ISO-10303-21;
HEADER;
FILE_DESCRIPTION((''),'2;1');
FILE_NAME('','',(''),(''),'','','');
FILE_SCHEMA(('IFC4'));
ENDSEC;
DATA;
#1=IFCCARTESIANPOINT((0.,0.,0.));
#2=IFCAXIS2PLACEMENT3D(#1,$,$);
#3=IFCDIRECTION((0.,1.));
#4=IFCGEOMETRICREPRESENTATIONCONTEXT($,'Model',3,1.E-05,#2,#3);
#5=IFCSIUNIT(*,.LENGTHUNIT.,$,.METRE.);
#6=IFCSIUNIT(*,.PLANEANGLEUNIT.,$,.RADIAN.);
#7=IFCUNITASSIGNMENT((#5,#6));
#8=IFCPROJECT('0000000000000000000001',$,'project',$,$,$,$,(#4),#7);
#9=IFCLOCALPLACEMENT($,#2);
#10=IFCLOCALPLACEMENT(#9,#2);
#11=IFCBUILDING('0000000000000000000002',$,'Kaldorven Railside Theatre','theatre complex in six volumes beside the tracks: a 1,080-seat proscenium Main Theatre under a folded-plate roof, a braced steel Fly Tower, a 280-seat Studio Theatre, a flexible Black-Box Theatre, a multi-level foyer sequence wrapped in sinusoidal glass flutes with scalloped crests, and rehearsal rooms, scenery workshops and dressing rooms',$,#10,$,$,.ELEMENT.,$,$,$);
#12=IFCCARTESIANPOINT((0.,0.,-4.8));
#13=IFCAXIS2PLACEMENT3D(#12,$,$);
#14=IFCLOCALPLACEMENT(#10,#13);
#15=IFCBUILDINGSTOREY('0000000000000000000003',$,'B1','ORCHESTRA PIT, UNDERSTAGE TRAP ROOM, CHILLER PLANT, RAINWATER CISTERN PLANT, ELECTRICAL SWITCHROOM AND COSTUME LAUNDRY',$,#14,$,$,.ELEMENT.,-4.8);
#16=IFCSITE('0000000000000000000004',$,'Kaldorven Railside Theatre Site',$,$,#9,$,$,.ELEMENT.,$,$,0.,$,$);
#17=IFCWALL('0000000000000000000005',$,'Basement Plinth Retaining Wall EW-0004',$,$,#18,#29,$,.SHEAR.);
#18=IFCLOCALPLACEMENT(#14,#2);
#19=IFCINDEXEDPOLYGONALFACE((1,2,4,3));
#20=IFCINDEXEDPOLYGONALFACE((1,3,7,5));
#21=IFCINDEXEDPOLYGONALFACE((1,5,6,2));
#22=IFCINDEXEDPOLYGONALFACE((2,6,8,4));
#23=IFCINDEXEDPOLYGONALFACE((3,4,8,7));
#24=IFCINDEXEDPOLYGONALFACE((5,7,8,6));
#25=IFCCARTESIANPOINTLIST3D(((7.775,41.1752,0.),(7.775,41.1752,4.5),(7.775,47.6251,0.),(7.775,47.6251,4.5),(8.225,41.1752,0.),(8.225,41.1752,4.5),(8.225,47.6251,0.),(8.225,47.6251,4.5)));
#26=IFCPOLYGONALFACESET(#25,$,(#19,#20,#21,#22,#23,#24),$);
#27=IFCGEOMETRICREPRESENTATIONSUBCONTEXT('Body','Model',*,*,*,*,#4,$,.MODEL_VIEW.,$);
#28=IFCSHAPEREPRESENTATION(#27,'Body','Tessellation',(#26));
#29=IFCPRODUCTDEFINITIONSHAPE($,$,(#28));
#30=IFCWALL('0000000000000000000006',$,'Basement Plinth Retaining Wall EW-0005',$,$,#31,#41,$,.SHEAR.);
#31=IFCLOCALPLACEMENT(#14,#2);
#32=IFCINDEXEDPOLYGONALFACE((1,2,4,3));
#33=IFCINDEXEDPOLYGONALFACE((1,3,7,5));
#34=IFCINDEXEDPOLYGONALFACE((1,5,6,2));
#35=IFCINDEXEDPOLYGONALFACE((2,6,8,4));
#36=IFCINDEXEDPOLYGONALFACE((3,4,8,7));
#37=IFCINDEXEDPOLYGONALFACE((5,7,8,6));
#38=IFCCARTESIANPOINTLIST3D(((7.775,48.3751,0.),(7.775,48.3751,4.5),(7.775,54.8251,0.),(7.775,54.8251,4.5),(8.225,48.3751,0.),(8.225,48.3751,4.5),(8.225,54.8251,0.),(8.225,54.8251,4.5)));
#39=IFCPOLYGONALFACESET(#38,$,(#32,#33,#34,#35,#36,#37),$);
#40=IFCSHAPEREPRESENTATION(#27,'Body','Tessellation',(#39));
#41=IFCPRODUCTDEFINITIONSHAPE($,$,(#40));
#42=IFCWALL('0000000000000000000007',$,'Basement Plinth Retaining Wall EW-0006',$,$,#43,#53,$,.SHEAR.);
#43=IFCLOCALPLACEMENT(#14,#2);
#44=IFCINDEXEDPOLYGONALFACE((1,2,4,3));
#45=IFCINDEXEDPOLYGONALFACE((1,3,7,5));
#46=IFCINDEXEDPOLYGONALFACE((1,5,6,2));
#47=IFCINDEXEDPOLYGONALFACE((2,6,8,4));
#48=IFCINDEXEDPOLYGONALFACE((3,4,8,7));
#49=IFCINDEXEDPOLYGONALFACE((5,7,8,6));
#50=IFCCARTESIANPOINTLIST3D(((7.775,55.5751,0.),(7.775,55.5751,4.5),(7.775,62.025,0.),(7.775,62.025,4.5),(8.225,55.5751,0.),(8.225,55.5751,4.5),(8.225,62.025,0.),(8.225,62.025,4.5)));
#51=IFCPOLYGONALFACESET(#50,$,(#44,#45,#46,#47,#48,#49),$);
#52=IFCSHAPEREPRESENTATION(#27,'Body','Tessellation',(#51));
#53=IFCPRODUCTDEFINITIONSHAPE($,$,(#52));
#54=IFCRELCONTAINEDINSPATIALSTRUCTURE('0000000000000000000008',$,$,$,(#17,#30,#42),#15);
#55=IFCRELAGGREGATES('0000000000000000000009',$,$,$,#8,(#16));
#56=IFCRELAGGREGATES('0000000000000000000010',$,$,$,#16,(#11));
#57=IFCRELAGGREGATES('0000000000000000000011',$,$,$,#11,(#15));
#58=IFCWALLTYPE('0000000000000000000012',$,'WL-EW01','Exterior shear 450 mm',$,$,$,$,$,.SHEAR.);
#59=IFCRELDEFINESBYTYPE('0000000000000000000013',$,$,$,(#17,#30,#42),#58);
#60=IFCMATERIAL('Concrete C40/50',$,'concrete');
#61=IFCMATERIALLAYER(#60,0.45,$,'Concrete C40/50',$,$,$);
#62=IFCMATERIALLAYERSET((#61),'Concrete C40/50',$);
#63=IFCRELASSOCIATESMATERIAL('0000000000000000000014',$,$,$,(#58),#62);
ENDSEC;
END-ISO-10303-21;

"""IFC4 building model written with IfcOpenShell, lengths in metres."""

from ifc_helpers import new_model, si_unit, direction, frame, frame_2d, origin, place, context, subcontext, project, spatial, rectangle, extrude, material, layer, layer_set, type_object, element, save


model = new_model("IFC4")

# Units and contexts
model_context = context("Model", 3, precision=1e-05, world=origin(), true_north=direction((0.0, 1.0)))
body_context = subcontext(model_context, "Body", "Model", "MODEL_VIEW")
ifc_project = project(units=[si_unit("LENGTHUNIT", "METRE"), si_unit("PLANEANGLEUNIT", "RADIAN")], contexts=[model_context])

# Site, building, storey
site_placement = place(None, origin())
site = spatial("IfcSite", under=ifc_project, at=site_placement, Name="Kaldorven Railside Theatre Site", CompositionType="ELEMENT", RefElevation=0.0)
building_placement = place(site_placement, origin())
building = spatial("IfcBuilding", under=site, at=building_placement, Name="Kaldorven Railside Theatre", Description="theatre complex in six volumes beside the tracks: a 1,080-seat proscenium Main Theatre under a folded-plate roof, a braced steel Fly Tower, a 280-seat Studio Theatre, a flexible Black-Box Theatre, a multi-level foyer sequence wrapped in sinusoidal glass flutes with scalloped crests, and rehearsal rooms, scenery workshops and dressing rooms", CompositionType="ELEMENT")
storey_placement = place(building_placement, frame((0.0, 0.0, -4.8)))
storey = spatial("IfcBuildingStorey", under=building, at=storey_placement, Name="B1", Description="ORCHESTRA PIT, UNDERSTAGE TRAP ROOM, CHILLER PLANT, RAINWATER CISTERN PLANT, ELECTRICAL SWITCHROOM AND COSTUME LAUNDRY", CompositionType="ELEMENT", Elevation=-4.8)

# Shared definitions
ifc_material_1 = material(Name="Concrete C40/50", Category="concrete")

# Walls
ifc_layer = layer(ifc_material_1, 0.45, Name="Concrete C40/50")
ifc_layer_set = layer_set([ifc_layer], Name="Concrete C40/50")
wall_type = type_object("IfcWallType", Name="WL-EW01", Description="Exterior shear 450 mm", PredefinedType="SHEAR", material=ifc_layer_set)
for number, where, z_axis, x_axis, name in (
    (1, (8.0, 41.175, 0.0), (0.0, 0.0, 1.0), (0.0, 1.0, 0.0), "Basement Plinth Retaining Wall EW-0004"),
    (2, (8.0, 48.375, 0.0), (0.0, 0.0, 1.0), (0.0, 1.0, 0.0), "Basement Plinth Retaining Wall EW-0005"),
    (3, (8.0, 55.575, 0.0), (0.0, 0.0, 1.0), (0.0, 1.0, 0.0), "Basement Plinth Retaining Wall EW-0006"),
):
    element("IfcWall", number, at=place(storey_placement, frame(where, z_axis=z_axis, x_axis=x_axis)), inside=storey, type_object=wall_type, Name=name, PredefinedType="SHEAR", context=body_context, shape_type="SweptSolid", body=[
        extrude(rectangle(XDim=6.45, YDim=0.45, at=frame_2d((3.2251, 0.0))), origin(), (0.0, 0.0, 1.0), 4.5),
    ])

save(model, "model.ifc")
